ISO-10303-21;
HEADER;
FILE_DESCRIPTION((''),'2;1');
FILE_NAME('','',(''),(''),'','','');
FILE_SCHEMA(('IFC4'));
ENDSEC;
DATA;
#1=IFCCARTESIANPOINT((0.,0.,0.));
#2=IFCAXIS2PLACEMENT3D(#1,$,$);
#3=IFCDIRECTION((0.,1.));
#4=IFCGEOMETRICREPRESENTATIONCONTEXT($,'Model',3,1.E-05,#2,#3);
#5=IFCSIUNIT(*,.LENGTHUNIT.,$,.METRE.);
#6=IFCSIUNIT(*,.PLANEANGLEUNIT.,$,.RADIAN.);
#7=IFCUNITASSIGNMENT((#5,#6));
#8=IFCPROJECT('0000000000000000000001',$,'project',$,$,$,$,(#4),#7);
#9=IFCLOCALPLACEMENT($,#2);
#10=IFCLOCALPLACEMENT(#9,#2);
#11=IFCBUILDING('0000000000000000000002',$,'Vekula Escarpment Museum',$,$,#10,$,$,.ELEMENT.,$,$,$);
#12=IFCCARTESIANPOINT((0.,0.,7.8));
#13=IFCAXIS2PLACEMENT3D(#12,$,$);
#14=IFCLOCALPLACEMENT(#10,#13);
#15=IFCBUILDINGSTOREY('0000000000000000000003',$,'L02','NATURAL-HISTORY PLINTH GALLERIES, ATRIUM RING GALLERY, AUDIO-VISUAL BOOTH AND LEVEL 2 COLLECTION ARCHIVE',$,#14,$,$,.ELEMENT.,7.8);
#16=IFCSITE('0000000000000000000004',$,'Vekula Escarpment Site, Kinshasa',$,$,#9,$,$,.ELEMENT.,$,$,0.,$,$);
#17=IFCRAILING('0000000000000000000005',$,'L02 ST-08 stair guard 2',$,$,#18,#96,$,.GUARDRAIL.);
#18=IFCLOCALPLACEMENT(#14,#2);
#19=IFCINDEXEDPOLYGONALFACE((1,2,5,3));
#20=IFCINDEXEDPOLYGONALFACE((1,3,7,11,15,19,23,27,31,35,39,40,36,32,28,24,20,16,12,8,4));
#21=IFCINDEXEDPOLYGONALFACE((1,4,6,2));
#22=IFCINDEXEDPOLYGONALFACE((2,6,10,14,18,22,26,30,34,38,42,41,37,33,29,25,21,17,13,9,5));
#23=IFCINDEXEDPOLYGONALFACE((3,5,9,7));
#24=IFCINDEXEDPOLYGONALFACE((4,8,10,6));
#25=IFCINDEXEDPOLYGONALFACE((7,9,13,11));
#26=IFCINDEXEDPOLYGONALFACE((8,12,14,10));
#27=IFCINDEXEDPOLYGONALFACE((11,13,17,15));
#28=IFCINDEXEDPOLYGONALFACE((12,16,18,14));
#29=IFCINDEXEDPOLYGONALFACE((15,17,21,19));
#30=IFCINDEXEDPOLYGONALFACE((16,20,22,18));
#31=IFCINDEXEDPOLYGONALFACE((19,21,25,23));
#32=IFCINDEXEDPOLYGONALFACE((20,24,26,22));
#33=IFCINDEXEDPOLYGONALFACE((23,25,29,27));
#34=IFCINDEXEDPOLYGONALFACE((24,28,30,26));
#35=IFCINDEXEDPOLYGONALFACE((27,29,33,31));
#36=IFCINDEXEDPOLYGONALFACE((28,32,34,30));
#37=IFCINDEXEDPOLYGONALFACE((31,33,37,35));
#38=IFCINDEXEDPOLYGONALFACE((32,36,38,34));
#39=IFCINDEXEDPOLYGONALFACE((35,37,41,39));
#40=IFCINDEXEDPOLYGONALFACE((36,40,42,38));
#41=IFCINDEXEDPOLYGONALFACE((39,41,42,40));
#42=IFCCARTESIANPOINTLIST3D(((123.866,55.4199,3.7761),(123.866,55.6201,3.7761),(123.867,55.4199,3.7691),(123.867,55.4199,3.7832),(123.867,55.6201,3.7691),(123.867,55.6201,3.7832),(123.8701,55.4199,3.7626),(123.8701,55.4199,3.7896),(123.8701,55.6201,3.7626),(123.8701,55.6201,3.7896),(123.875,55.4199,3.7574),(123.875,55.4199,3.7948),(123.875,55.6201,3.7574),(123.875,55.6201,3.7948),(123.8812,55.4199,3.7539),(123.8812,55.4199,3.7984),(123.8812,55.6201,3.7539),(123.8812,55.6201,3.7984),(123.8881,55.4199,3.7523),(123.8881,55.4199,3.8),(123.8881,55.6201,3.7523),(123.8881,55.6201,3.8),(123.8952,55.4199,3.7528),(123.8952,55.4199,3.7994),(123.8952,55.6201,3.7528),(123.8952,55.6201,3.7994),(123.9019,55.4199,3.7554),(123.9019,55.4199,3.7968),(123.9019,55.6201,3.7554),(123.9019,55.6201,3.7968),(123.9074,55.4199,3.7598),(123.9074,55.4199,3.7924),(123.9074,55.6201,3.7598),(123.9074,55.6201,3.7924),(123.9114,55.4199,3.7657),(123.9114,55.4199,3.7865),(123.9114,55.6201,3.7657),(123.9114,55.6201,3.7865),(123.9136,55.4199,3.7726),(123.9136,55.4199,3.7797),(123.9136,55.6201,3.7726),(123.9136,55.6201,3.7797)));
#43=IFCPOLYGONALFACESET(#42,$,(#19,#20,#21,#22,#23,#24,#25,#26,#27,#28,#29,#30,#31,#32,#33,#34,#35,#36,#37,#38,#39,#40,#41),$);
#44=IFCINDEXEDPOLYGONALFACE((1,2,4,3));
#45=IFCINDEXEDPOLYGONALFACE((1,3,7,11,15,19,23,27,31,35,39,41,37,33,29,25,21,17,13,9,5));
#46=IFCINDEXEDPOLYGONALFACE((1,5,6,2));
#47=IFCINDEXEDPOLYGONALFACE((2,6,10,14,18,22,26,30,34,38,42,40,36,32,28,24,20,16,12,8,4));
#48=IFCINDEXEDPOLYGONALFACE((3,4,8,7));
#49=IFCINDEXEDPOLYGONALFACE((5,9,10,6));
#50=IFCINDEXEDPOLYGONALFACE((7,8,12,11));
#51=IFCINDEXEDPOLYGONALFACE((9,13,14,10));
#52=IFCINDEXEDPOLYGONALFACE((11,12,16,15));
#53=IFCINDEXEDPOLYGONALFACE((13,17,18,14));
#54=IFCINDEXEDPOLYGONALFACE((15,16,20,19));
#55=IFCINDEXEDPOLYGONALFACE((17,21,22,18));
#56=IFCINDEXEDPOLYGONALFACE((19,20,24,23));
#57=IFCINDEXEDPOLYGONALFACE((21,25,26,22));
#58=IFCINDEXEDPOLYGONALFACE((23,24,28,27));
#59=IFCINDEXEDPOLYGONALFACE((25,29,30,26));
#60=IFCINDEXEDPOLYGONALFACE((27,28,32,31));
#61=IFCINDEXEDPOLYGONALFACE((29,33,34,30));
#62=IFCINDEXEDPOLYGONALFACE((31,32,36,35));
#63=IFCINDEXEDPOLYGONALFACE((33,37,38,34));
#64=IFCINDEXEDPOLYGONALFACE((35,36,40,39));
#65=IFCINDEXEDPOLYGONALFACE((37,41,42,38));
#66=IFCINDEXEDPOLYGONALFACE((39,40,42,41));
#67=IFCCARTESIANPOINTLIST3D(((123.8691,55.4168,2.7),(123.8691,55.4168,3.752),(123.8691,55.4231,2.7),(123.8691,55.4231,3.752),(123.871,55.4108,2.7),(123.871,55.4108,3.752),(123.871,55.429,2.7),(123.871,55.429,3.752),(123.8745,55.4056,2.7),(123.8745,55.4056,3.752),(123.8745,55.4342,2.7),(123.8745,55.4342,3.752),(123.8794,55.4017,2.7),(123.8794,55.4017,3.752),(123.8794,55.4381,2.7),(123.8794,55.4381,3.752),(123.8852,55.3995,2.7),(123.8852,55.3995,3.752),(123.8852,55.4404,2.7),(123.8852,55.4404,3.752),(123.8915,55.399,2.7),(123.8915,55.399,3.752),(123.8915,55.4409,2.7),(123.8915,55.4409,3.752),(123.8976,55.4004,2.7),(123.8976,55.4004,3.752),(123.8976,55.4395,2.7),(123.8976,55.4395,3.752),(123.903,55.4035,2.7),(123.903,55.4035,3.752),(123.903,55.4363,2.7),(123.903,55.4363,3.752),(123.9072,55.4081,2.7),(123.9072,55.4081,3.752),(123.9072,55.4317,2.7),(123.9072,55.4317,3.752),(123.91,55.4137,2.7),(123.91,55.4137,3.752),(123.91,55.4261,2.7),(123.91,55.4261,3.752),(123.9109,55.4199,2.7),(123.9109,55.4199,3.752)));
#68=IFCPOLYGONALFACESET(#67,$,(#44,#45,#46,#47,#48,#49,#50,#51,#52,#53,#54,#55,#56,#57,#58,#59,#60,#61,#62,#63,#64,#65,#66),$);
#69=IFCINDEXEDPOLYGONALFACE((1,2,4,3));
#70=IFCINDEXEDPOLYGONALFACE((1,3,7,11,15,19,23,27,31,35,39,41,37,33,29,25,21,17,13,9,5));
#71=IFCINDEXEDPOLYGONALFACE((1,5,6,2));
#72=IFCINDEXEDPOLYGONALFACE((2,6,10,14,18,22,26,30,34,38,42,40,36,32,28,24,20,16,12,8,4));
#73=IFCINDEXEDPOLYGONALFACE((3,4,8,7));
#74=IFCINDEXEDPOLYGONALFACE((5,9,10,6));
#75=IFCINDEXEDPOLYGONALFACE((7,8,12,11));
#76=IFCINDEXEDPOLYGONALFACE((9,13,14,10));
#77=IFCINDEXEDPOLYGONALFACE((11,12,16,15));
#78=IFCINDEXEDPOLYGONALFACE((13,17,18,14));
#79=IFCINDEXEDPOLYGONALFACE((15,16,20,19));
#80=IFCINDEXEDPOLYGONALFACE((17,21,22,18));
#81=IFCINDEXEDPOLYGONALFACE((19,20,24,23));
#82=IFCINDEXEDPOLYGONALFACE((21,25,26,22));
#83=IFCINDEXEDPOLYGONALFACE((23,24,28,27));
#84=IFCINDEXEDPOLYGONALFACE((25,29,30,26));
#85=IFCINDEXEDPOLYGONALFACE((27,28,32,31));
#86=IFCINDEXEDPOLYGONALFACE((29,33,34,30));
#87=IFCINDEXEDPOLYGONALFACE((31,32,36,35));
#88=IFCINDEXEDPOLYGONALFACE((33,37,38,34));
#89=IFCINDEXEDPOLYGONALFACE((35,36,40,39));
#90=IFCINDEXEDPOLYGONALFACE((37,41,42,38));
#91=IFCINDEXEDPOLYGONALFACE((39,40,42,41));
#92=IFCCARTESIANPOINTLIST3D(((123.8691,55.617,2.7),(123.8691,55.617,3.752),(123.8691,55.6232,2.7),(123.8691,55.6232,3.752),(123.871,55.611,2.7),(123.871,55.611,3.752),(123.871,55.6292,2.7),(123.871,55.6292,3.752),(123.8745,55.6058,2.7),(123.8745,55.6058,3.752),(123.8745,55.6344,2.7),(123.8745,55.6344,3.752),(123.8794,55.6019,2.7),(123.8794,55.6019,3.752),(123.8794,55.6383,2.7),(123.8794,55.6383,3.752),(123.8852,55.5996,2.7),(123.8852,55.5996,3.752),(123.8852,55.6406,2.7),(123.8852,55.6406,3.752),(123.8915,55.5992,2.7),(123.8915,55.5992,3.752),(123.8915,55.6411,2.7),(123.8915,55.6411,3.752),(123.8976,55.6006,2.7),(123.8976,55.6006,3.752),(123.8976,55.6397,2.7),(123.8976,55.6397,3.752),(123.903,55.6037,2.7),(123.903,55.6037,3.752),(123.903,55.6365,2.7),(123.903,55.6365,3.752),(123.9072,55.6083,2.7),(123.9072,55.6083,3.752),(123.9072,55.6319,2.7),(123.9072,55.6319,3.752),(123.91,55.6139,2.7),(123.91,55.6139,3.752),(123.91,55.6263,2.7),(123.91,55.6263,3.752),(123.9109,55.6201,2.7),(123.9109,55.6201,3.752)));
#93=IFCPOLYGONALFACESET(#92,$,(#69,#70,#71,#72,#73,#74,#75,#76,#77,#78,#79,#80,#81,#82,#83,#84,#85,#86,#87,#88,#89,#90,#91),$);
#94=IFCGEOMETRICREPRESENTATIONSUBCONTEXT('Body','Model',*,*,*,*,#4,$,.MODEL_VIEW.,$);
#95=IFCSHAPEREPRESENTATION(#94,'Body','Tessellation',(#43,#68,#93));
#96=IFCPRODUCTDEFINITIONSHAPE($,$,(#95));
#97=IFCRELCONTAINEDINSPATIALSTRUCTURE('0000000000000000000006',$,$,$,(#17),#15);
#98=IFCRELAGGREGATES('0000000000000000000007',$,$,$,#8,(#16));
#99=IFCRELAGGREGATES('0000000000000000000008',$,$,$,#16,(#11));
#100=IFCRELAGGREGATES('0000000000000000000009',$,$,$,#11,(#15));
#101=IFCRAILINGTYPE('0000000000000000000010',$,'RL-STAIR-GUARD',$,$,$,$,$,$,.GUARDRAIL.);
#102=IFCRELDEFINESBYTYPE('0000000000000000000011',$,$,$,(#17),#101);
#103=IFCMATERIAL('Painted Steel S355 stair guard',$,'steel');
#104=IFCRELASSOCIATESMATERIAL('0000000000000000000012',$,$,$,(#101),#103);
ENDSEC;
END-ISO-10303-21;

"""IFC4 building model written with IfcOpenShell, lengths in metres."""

from ifc_helpers import new_model, si_unit, direction, frame, origin, origin_2d, place, context, subcontext, project, spatial, circle, extrude, material, type_object, element, save


model = new_model("IFC4")

# Units and contexts
model_context = context("Model", 3, precision=1e-05, world=origin(), true_north=direction((0.0, 1.0)))
body_context = subcontext(model_context, "Body", "Model", "MODEL_VIEW")
ifc_project = project(units=[si_unit("LENGTHUNIT", "METRE"), si_unit("PLANEANGLEUNIT", "RADIAN")], contexts=[model_context])

# Site, building, storey
site_placement = place(None, origin())
site = spatial("IfcSite", under=ifc_project, at=site_placement, Name="Vekula Escarpment Site, Kinshasa", CompositionType="ELEMENT", RefElevation=0.0)
building_placement = place(site_placement, origin())
building = spatial("IfcBuilding", under=site, at=building_placement, Name="Vekula Escarpment Museum", CompositionType="ELEMENT")
storey_placement = place(building_placement, frame((0.0, 0.0, 7.8)))
storey = spatial("IfcBuildingStorey", under=building, at=storey_placement, Name="L02", Description="NATURAL-HISTORY PLINTH GALLERIES, ATRIUM RING GALLERY, AUDIO-VISUAL BOOTH AND LEVEL 2 COLLECTION ARCHIVE", CompositionType="ELEMENT", Elevation=7.8)

# Railing
ifc_material_1 = material(Name="Painted Steel S355 stair guard", Category="steel")
railing_type_1 = type_object("IfcRailingType", Name="RL-STAIR-GUARD", PredefinedType="GUARDRAIL", material=ifc_material_1)
railing_1_placement = place(storey_placement, frame((123.8899, 55.4199, 2.7)))
element("IfcRailing", 1, at=railing_1_placement, inside=storey, type_object=railing_type_1, Name="L02 ST-08 stair guard 2", PredefinedType="GUARDRAIL", context=body_context, shape_type="SweptSolid", body=[
    extrude(circle(Radius=0.0239, at=origin_2d()), frame((0.0, 0.0, 1.0762), z_axis=(0.0, 1.0, 0.0), x_axis=(-1.0, 0.0, 0.0)), (0.0, 0.0, 1.0), 0.2002),
    extrude(circle(Radius=0.021, at=origin_2d()), origin(), (0.0, 0.0, 1.0), 1.052),
    extrude(circle(Radius=0.021, at=origin_2d()), frame((0.0, 0.2002, 0.0)), (0.0, 0.0, 1.0), 1.052),
])

save(model, "model.ifc")
